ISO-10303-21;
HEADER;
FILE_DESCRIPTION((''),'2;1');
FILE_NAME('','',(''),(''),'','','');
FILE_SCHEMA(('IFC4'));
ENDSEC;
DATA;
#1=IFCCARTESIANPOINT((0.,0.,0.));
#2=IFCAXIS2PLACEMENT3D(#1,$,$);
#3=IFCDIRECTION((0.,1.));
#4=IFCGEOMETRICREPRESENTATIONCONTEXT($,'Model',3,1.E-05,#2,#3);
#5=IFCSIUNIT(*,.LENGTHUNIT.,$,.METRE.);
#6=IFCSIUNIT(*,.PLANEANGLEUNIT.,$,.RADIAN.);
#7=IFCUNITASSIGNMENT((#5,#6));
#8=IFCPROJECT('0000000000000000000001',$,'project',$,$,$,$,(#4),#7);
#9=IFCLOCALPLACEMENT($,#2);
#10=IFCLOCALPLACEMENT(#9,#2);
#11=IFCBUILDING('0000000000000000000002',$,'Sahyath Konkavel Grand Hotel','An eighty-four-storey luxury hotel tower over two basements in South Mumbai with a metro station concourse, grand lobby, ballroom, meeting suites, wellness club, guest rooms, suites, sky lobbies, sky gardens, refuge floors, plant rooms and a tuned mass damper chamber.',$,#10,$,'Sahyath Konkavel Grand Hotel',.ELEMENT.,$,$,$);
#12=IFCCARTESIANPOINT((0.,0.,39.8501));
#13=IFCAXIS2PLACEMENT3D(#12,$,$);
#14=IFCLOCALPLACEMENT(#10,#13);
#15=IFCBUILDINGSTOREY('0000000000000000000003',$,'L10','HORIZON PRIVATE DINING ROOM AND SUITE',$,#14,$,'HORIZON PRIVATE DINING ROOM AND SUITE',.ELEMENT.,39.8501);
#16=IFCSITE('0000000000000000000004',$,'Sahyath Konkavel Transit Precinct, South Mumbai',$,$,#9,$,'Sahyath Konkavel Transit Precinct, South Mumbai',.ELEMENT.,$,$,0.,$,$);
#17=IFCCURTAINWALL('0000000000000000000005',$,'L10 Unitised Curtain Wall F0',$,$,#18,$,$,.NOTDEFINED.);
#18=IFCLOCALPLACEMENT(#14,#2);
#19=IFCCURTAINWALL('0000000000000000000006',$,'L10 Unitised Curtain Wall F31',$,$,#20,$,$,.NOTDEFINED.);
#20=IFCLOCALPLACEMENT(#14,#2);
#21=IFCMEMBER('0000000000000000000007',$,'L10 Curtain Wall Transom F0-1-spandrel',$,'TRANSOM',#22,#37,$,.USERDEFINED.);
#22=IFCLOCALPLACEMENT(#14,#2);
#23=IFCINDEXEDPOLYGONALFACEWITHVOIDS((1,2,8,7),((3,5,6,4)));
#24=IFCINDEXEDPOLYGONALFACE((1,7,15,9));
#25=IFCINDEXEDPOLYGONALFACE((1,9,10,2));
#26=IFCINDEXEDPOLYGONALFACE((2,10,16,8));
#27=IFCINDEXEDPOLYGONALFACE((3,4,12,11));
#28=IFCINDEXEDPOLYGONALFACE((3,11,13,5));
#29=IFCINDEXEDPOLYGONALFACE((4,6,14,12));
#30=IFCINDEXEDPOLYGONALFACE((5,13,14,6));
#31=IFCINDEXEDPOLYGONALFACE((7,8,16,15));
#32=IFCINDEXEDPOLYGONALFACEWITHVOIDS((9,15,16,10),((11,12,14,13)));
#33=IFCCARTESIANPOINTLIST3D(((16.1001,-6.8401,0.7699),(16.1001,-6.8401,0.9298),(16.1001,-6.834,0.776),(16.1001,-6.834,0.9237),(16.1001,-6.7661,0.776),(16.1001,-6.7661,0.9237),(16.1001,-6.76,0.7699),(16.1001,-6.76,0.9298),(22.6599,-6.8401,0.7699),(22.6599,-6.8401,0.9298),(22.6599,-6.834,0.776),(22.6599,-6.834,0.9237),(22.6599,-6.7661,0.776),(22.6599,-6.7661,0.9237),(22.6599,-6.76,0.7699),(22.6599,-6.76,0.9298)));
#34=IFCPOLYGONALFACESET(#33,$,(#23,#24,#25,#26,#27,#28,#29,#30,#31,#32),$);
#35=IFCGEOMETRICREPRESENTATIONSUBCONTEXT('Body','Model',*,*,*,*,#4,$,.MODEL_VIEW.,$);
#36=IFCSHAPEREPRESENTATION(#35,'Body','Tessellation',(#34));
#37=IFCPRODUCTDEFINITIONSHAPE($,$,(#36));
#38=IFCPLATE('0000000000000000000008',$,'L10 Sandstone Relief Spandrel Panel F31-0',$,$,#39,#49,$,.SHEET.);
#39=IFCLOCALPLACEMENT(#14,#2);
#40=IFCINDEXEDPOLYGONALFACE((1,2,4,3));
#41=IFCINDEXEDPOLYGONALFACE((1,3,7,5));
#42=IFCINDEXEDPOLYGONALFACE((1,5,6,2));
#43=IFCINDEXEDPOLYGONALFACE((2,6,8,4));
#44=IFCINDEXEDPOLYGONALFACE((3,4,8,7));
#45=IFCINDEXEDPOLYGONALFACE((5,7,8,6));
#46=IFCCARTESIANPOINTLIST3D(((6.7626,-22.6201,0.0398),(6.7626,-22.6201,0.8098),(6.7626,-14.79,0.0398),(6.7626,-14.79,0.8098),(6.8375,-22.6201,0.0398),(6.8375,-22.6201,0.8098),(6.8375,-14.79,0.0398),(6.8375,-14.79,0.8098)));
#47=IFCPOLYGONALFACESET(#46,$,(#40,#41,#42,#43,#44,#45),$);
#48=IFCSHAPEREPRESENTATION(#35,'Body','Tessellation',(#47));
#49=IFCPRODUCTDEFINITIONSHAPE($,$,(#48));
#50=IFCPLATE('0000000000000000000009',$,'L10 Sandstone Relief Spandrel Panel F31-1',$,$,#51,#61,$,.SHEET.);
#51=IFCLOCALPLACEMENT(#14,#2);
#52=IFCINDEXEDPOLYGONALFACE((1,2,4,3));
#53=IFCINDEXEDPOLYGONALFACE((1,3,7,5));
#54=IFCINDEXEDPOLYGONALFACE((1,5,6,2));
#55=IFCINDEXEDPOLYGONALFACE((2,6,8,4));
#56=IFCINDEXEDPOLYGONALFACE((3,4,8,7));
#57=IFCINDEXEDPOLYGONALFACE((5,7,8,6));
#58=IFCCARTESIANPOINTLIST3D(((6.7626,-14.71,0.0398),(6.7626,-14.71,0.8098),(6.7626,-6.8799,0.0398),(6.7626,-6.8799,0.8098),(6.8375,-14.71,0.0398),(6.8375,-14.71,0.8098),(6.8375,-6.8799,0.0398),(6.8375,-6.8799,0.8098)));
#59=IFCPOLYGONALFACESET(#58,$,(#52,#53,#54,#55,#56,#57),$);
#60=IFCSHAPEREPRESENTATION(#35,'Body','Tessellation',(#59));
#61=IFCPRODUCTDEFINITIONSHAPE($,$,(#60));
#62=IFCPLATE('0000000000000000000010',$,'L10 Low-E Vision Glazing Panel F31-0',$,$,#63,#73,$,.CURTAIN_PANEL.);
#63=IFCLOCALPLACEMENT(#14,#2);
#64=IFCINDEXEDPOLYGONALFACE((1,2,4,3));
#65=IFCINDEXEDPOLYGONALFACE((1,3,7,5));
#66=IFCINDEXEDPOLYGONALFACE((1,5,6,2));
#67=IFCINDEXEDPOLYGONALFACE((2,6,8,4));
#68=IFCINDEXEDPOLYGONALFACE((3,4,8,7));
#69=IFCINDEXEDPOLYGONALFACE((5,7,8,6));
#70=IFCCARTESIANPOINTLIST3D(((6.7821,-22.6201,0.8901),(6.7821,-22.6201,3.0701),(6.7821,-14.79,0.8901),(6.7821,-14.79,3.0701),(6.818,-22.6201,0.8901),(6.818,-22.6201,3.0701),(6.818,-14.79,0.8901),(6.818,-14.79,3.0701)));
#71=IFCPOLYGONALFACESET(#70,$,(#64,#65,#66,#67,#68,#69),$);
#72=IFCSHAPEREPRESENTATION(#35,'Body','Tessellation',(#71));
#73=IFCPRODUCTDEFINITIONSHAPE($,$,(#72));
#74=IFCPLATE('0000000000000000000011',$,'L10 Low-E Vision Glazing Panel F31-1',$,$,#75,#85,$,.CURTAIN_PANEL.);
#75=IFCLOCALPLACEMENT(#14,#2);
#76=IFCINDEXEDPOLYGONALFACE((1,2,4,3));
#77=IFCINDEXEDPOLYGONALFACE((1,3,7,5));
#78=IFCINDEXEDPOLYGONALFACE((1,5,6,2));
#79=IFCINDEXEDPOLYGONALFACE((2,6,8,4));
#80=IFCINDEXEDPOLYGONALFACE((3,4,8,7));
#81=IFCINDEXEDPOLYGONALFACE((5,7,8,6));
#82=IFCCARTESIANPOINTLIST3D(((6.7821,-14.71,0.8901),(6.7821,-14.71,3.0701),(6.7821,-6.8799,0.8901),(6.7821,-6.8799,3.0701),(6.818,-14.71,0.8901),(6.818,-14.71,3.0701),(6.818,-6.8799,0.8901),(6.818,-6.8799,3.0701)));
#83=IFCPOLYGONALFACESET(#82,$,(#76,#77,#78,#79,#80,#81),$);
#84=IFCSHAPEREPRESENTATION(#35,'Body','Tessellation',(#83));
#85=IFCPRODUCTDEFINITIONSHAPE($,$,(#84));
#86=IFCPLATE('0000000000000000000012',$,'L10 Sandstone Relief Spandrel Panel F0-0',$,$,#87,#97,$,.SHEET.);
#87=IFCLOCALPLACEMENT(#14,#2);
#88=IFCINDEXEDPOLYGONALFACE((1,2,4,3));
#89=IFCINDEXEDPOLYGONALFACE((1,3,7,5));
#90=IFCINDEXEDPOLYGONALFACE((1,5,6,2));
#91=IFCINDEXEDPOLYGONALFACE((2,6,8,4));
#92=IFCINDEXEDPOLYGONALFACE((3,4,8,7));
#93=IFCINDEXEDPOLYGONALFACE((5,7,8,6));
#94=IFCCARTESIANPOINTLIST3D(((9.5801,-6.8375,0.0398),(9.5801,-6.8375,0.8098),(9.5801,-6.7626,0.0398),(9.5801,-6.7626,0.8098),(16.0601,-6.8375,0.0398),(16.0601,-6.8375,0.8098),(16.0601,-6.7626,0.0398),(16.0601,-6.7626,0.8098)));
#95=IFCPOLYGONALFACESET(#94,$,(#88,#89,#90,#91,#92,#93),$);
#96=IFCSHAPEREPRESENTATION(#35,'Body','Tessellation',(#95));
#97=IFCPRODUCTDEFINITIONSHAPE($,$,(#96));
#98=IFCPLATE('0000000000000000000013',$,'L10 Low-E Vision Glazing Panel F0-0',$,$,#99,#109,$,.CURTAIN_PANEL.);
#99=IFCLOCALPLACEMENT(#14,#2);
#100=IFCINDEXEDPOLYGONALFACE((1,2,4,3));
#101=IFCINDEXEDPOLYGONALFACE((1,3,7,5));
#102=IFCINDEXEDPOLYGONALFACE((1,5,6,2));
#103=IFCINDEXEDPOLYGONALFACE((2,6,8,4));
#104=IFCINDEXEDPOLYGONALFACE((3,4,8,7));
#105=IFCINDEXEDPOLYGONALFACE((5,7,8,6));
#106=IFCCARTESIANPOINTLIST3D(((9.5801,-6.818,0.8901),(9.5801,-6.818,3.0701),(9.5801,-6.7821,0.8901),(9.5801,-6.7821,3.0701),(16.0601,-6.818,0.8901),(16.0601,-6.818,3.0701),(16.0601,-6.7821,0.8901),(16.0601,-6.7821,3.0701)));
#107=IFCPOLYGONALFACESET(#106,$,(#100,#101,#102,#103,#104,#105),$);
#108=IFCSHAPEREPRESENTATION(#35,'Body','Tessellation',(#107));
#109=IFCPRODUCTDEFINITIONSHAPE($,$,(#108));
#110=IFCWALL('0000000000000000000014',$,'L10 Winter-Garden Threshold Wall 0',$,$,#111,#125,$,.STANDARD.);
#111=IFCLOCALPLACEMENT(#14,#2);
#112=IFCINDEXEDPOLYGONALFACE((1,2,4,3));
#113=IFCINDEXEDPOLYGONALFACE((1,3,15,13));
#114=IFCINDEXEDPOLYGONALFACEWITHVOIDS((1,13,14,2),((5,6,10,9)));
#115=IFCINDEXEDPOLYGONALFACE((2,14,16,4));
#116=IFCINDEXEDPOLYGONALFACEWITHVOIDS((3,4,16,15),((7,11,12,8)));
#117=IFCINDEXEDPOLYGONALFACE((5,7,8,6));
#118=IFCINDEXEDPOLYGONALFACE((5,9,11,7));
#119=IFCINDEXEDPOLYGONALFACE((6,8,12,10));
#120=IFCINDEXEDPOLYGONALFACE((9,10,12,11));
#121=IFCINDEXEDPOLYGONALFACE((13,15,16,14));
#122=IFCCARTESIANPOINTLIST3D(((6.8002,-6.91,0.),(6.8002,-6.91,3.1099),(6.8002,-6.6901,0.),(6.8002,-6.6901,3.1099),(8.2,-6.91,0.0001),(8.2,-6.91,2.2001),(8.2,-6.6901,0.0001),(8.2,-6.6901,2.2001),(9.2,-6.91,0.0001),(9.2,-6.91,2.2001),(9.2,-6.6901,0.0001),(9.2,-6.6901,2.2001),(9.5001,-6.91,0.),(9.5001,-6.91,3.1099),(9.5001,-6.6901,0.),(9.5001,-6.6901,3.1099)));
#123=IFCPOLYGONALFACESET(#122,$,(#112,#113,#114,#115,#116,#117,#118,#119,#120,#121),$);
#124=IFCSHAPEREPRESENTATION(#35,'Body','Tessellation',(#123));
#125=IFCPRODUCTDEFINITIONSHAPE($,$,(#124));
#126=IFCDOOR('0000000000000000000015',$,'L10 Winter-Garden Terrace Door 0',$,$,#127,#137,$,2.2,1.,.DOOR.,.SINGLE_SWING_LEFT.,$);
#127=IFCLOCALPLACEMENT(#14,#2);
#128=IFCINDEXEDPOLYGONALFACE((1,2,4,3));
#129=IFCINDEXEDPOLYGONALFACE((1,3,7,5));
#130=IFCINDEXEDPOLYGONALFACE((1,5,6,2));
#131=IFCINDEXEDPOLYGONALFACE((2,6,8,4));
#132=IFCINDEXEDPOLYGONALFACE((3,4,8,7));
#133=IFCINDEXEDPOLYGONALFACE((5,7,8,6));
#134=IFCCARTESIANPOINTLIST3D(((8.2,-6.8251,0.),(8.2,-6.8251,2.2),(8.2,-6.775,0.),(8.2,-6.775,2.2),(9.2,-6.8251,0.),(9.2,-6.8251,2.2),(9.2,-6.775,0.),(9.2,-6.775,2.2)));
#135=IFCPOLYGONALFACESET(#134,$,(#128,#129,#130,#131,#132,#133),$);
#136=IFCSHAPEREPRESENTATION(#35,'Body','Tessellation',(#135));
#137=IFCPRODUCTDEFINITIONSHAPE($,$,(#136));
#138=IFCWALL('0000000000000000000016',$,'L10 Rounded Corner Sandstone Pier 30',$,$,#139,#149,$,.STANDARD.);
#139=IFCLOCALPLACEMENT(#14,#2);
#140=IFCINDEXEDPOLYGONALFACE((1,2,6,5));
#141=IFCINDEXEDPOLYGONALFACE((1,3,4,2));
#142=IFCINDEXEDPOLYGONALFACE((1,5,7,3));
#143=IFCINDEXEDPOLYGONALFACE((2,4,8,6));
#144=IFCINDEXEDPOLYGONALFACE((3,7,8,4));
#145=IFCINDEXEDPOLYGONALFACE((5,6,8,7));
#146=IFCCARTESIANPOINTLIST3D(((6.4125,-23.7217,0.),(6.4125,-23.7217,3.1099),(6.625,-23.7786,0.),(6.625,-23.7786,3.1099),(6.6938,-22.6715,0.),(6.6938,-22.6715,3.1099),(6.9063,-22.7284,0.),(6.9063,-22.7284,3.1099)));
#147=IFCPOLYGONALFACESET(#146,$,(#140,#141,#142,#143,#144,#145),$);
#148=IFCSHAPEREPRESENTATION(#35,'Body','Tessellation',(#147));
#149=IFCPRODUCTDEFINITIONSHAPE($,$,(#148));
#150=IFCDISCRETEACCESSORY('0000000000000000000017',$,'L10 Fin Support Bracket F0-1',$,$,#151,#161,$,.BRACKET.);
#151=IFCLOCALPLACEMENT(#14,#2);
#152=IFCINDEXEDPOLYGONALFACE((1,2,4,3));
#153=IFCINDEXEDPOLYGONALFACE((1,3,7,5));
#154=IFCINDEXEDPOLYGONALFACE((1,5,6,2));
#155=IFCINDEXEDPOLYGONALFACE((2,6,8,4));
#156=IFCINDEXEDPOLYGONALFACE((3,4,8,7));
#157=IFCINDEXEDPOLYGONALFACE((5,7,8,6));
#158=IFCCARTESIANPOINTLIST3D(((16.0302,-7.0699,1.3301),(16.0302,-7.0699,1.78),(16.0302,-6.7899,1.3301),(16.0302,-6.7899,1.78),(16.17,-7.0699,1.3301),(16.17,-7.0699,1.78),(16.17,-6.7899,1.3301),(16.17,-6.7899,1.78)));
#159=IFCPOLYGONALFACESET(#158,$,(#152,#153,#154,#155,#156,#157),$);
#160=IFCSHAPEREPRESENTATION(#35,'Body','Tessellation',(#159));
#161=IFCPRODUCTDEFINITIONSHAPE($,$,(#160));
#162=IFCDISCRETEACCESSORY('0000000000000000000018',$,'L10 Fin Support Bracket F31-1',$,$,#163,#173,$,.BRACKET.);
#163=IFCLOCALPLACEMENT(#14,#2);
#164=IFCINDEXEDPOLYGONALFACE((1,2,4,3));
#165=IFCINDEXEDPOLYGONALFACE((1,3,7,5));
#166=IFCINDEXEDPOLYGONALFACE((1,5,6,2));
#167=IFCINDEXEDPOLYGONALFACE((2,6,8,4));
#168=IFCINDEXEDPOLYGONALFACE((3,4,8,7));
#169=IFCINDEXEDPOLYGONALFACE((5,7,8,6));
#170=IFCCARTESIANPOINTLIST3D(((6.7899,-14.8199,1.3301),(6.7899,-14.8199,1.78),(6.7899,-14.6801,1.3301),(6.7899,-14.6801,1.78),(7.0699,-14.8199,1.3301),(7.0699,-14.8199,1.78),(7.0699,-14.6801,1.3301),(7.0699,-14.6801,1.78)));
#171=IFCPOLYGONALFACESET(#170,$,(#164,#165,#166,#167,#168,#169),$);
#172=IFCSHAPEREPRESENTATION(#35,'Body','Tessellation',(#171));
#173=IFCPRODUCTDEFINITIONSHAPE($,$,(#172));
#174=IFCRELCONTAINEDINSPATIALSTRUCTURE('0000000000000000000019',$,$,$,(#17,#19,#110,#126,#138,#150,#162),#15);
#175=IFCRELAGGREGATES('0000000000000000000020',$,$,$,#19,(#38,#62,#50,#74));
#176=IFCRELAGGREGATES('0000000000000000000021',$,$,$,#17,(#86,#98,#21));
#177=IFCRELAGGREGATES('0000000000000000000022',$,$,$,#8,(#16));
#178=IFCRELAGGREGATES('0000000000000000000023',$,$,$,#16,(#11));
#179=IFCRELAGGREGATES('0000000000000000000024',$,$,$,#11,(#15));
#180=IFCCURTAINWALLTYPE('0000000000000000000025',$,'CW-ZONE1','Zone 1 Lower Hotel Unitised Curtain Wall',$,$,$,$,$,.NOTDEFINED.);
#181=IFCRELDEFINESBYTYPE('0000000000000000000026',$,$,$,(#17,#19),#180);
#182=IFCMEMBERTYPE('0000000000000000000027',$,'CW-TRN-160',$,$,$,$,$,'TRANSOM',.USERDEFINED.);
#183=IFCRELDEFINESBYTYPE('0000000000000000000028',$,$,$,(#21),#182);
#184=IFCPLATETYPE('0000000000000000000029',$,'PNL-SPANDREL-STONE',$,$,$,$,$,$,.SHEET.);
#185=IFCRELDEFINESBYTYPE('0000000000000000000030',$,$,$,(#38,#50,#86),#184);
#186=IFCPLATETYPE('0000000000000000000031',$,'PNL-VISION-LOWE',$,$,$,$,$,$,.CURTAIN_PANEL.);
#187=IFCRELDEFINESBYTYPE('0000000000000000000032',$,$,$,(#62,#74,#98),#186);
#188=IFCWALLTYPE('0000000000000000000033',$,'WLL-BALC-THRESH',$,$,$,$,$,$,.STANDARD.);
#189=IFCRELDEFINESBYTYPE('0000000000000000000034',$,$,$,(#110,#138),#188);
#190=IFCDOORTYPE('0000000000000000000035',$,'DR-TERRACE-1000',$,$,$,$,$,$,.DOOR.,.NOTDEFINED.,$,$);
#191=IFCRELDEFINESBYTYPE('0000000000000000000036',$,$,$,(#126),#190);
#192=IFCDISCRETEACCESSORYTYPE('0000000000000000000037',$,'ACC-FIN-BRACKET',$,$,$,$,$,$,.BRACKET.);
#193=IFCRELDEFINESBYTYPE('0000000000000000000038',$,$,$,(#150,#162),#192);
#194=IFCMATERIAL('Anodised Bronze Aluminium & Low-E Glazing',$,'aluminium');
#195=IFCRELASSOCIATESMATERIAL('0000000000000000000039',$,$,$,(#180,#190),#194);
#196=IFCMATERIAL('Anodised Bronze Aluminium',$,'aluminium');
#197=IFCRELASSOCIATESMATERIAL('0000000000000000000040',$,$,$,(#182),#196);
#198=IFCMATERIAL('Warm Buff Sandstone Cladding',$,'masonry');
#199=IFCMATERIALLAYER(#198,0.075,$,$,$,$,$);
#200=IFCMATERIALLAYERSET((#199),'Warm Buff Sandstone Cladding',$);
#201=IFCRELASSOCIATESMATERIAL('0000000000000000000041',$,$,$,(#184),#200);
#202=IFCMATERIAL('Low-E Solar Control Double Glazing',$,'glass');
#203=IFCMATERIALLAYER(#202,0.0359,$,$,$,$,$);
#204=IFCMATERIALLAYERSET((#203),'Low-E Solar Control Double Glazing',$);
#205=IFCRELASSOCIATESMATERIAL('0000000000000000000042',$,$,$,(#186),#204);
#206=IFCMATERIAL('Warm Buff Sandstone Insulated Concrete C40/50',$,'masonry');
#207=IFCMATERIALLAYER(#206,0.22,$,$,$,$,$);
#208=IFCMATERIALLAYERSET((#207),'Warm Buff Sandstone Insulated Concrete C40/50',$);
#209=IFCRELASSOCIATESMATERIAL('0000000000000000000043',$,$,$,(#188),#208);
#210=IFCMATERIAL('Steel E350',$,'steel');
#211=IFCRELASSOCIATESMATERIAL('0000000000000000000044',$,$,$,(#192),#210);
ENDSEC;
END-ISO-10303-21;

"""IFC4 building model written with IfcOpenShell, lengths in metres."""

from ifc_helpers import new_model, si_unit, direction, frame, frame_2d, origin, origin_2d, place, context, subcontext, project, spatial, rectangle, hollow_rectangle, extrude, source, transform, mapped, material, layer, layer_set, material_profile, profile_set, type_object, element, fill, aggregate, save


model = new_model("IFC4")

# Units and contexts
model_context = context("Model", 3, precision=1e-05, world=origin(), true_north=direction((0.0, 1.0)))
body_context = subcontext(model_context, "Body", "Model", "MODEL_VIEW")
ifc_project = project(units=[si_unit("LENGTHUNIT", "METRE"), si_unit("PLANEANGLEUNIT", "RADIAN")], contexts=[model_context])

# Site, building, storey
site_placement = place(None, origin())
site = spatial("IfcSite", under=ifc_project, at=site_placement, Name="Sahyath Konkavel Transit Precinct, South Mumbai", LongName="Sahyath Konkavel Transit Precinct, South Mumbai", CompositionType="ELEMENT", RefElevation=0.0)
building_placement = place(site_placement, origin())
building = spatial("IfcBuilding", under=site, at=building_placement, Name="Sahyath Konkavel Grand Hotel", Description="An eighty-four-storey luxury hotel tower over two basements in South Mumbai with a metro station concourse, grand lobby, ballroom, meeting suites, wellness club, guest rooms, suites, sky lobbies, sky gardens, refuge floors, plant rooms and a tuned mass damper chamber.", LongName="Sahyath Konkavel Grand Hotel", CompositionType="ELEMENT")
storey_placement = place(building_placement, frame((0.0, 0.0, 39.8501)))
storey = spatial("IfcBuildingStorey", under=building, at=storey_placement, Name="L10", Description="HORIZON PRIVATE DINING ROOM AND SUITE", LongName="HORIZON PRIVATE DINING ROOM AND SUITE", CompositionType="ELEMENT", Elevation=39.8501)

# Curtain walls
ifc_material_1 = material(Name="Anodised Bronze Aluminium & Low-E Glazing", Category="aluminium")
curtain_wall_type = type_object("IfcCurtainWallType", Name="CW-ZONE1", Description="Zone 1 Lower Hotel Unitised Curtain Wall", PredefinedType="NOTDEFINED", material=ifc_material_1)
curtain_wall_1_placement = place(storey_placement, origin())
curtain_wall_1 = element("IfcCurtainWall", 1, at=curtain_wall_1_placement, inside=storey, type_object=curtain_wall_type, Name="L10 Unitised Curtain Wall F0", PredefinedType="NOTDEFINED")
ifc_material_2 = material(Name="Anodised Bronze Aluminium", Category="aluminium")
curtain_wall_2_placement = place(storey_placement, origin())
curtain_wall_2 = element("IfcCurtainWall", 2, at=curtain_wall_2_placement, inside=storey, type_object=curtain_wall_type, Name="L10 Unitised Curtain Wall F31", PredefinedType="NOTDEFINED")

# Member
ifc_material_profile_1 = material_profile(ifc_material_2, hollow_rectangle(XDim=0.0801, YDim=0.1599, WallThickness=0.0061, at=origin_2d()), Name="RHS 160x80x6")
ifc_profile_set_1 = profile_set([ifc_material_profile_1], Name="Anodised Bronze Aluminium")
member_type_1 = type_object("IfcMemberType", Name="CW-TRN-160", ElementType="TRANSOM", PredefinedType="USERDEFINED", material=ifc_profile_set_1)
shared_shape_1 = source(origin(), body_context, "Body", "SweptSolid", [
    extrude(hollow_rectangle(XDim=0.0801, YDim=0.1599, WallThickness=0.0061, at=origin_2d()), origin(), (0.0, 0.0, 1.0), 6.5598),
])
member_1_placement = place(storey_placement, frame((16.1001, -6.8, 0.8499), z_axis=(1.0, 0.0, 0.0), x_axis=(0.0, 1.0, 0.0)))
member_1 = element("IfcMember", 3, at=member_1_placement, type_object=member_type_1, Name="L10 Curtain Wall Transom F0-1-spandrel", ObjectType="TRANSOM", PredefinedType="USERDEFINED", context=body_context, shape_type="MappedRepresentation", body=[
    mapped(shared_shape_1, transform((0.0, 0.0, 0.0), scale=1.0)),
])

# Plates
ifc_material_3 = material(Name="Warm Buff Sandstone Cladding", Category="masonry")
ifc_layer_1 = layer(ifc_material_3, 0.075)
ifc_layer_set_1 = layer_set([ifc_layer_1], Name="Warm Buff Sandstone Cladding")
plate_type_1 = type_object("IfcPlateType", Name="PNL-SPANDREL-STONE", PredefinedType="SHEET", material=ifc_layer_set_1)
shared_shape_2 = source(origin(), body_context, "Body", "SweptSolid", [
    extrude(rectangle(XDim=7.8301, YDim=0.075, at=origin_2d()), origin(), (0.0, 0.0, 1.0), 0.77),
])
plate_1_placement = place(storey_placement, frame((6.8, -18.7051, 0.0398), z_axis=(0.0, 0.0, 1.0), x_axis=(0.0, 1.0, 0.0)))
plate_1 = element("IfcPlate", 4, at=plate_1_placement, type_object=plate_type_1, Name="L10 Sandstone Relief Spandrel Panel F31-0", PredefinedType="SHEET", context=body_context, shape_type="MappedRepresentation", body=[
    mapped(shared_shape_2, transform((0.0, 0.0, 0.0), scale=1.0)),
])
plate_2_placement = place(storey_placement, frame((6.8, -10.7949, 0.0398), z_axis=(0.0, 0.0, 1.0), x_axis=(0.0, 1.0, 0.0)))
plate_2 = element("IfcPlate", 5, at=plate_2_placement, type_object=plate_type_1, Name="L10 Sandstone Relief Spandrel Panel F31-1", PredefinedType="SHEET", context=body_context, shape_type="MappedRepresentation", body=[
    mapped(shared_shape_2, transform((0.0, 0.0, 0.0), scale=1.0)),
])
ifc_material_4 = material(Name="Low-E Solar Control Double Glazing", Category="glass")
ifc_layer_2 = layer(ifc_material_4, 0.0359)
ifc_layer_set_2 = layer_set([ifc_layer_2], Name="Low-E Solar Control Double Glazing")
plate_type_2 = type_object("IfcPlateType", Name="PNL-VISION-LOWE", PredefinedType="CURTAIN_PANEL", material=ifc_layer_set_2)
shared_shape_3 = source(origin(), body_context, "Body", "SweptSolid", [
    extrude(rectangle(XDim=7.8301, YDim=0.0359, at=origin_2d()), origin(), (0.0, 0.0, 1.0), 2.1799),
])
plate_3_placement = place(storey_placement, frame((6.8, -18.7051, 0.8901), z_axis=(0.0, 0.0, 1.0), x_axis=(0.0, 1.0, 0.0)))
plate_3 = element("IfcPlate", 6, at=plate_3_placement, type_object=plate_type_2, Name="L10 Low-E Vision Glazing Panel F31-0", PredefinedType="CURTAIN_PANEL", context=body_context, shape_type="MappedRepresentation", body=[
    mapped(shared_shape_3, transform((0.0, 0.0, 0.0), scale=1.0)),
])
plate_4_placement = place(storey_placement, frame((6.8, -10.7949, 0.8901), z_axis=(0.0, 0.0, 1.0), x_axis=(0.0, 1.0, 0.0)))
plate_4 = element("IfcPlate", 7, at=plate_4_placement, type_object=plate_type_2, Name="L10 Low-E Vision Glazing Panel F31-1", PredefinedType="CURTAIN_PANEL", context=body_context, shape_type="MappedRepresentation", body=[
    mapped(shared_shape_3, transform((0.0, 0.0, 0.0), scale=1.0)),
])
aggregate(curtain_wall_2, [plate_1, plate_3, plate_2, plate_4])
shared_shape_4 = source(origin(), body_context, "Body", "SweptSolid", [
    extrude(rectangle(XDim=6.48, YDim=0.075, at=origin_2d()), origin(), (0.0, 0.0, 1.0), 0.77),
])
plate_5_placement = place(storey_placement, frame((12.8201, -6.8, 0.0398), z_axis=(0.0, 0.0, 1.0), x_axis=(1.0, 0.0, 0.0)))
plate_5 = element("IfcPlate", 8, at=plate_5_placement, type_object=plate_type_1, Name="L10 Sandstone Relief Spandrel Panel F0-0", PredefinedType="SHEET", context=body_context, shape_type="MappedRepresentation", body=[
    mapped(shared_shape_4, transform((0.0, 0.0, 0.0), scale=1.0)),
])
shared_shape_5 = source(origin(), body_context, "Body", "SweptSolid", [
    extrude(rectangle(XDim=6.48, YDim=0.0359, at=origin_2d()), origin(), (0.0, 0.0, 1.0), 2.1799),
])
plate_6_placement = place(storey_placement, frame((12.8201, -6.8, 0.8901), z_axis=(0.0, 0.0, 1.0), x_axis=(1.0, 0.0, 0.0)))
plate_6 = element("IfcPlate", 9, at=plate_6_placement, type_object=plate_type_2, Name="L10 Low-E Vision Glazing Panel F0-0", PredefinedType="CURTAIN_PANEL", context=body_context, shape_type="MappedRepresentation", body=[
    mapped(shared_shape_5, transform((0.0, 0.0, 0.0), scale=1.0)),
])
aggregate(curtain_wall_1, [plate_5, plate_6, member_1])

# Wall, opening, door
ifc_material_5 = material(Name="Warm Buff Sandstone Insulated Concrete C40/50", Category="masonry")
ifc_layer_3 = layer(ifc_material_5, 0.22)
ifc_layer_set_3 = layer_set([ifc_layer_3], Name="Warm Buff Sandstone Insulated Concrete C40/50")
wall_type = type_object("IfcWallType", Name="WLL-BALC-THRESH", PredefinedType="STANDARD", material=ifc_layer_set_3)
wall_1_placement = place(storey_placement, frame((6.8, -6.8, 0.0), z_axis=(0.0, 0.0, 1.0), x_axis=(1.0, 0.0, 0.0)))
wall_1 = element("IfcWall", 10, at=wall_1_placement, inside=storey, type_object=wall_type, Name="L10 Winter-Garden Threshold Wall 0", PredefinedType="STANDARD", context=body_context, shape_type="SweptSolid", body=[
    extrude(rectangle(XDim=2.7, YDim=0.22, at=frame_2d((1.3501, 0.0))), origin(), (0.0, 0.0, 1.0), 3.1099),
])
opening_placement = place(wall_1_placement, frame((1.3999, 0.0, 0.0)))
opening = element("IfcOpeningElement", 11, at=opening_placement, cuts=wall_1, PredefinedType="OPENING", context=body_context, shape_type="SweptSolid", body=[
    extrude(rectangle(XDim=1.0, YDim=2.2, at=frame_2d((0.5, 1.1001))), frame((0.0, 0.1201, 0.0), z_axis=(0.0, -1.0, 0.0), x_axis=(1.0, 0.0, 0.0)), (0.0, 0.0, 1.0), 0.24),
])
door_type = type_object("IfcDoorType", Name="DR-TERRACE-1000", OperationType="NOTDEFINED", PredefinedType="DOOR", material=ifc_material_1)
shared_shape_6 = source(origin(), body_context, "Body", "SweptSolid", [
    extrude(rectangle(XDim=1.0, YDim=0.05, at=origin_2d()), origin(), (0.0, 0.0, 1.0), 2.2),
])
door_placement = place(opening_placement, frame((0.5, 0.0, 0.0)))
door = element("IfcDoor", 12, at=door_placement, inside=storey, type_object=door_type, Name="L10 Winter-Garden Terrace Door 0", OperationType="SINGLE_SWING_LEFT", OverallHeight=2.2, OverallWidth=1.0, PredefinedType="DOOR", context=body_context, shape_type="MappedRepresentation", body=[
    mapped(shared_shape_6, transform((0.0, 0.0, 0.0), scale=1.0)),
])
fill(opening, door)

# Wall
wall_2_placement = place(storey_placement, frame((6.5188, -23.75, 0.0), z_axis=(0.0, 0.0, 1.0), x_axis=(0.258725, 0.965951, 0.0)))
element("IfcWall", 13, at=wall_2_placement, inside=storey, type_object=wall_type, Name="L10 Rounded Corner Sandstone Pier 30", PredefinedType="STANDARD", context=body_context, shape_type="SweptSolid", body=[
    extrude(rectangle(XDim=1.0872, YDim=0.22, at=frame_2d((0.5435, 0.0))), origin(), (0.0, 0.0, 1.0), 3.1099),
])

# Discrete accessories
ifc_material_6 = material(Name="Steel E350", Category="steel")
discrete_accessory_type = type_object("IfcDiscreteAccessoryType", Name="ACC-FIN-BRACKET", PredefinedType="BRACKET", material=ifc_material_6)
shared_shape_7 = source(origin(), body_context, "Body", "SweptSolid", [
    extrude(rectangle(XDim=0.28, YDim=0.1399, at=origin_2d()), origin(), (0.0, 0.0, 1.0), 0.45),
])
for number, where, z_axis, x_axis, name in (
    (14, (16.1001, -6.9299, 1.3301), (0.0, 0.0, 1.0), (0.0, -1.0, 0.0), "L10 Fin Support Bracket F0-1"),
    (15, (6.9299, -14.75, 1.3301), (0.0, 0.0, 1.0), (1.0, 0.0, 0.0), "L10 Fin Support Bracket F31-1"),
):
    element("IfcDiscreteAccessory", number, at=place(storey_placement, frame(where, z_axis=z_axis, x_axis=x_axis)), inside=storey, type_object=discrete_accessory_type, Name=name, PredefinedType="BRACKET", context=body_context, shape_type="MappedRepresentation", body=[
        mapped(shared_shape_7, transform((0.0, 0.0, 0.0), scale=1.0)),
    ])

save(model, "model.ifc")
